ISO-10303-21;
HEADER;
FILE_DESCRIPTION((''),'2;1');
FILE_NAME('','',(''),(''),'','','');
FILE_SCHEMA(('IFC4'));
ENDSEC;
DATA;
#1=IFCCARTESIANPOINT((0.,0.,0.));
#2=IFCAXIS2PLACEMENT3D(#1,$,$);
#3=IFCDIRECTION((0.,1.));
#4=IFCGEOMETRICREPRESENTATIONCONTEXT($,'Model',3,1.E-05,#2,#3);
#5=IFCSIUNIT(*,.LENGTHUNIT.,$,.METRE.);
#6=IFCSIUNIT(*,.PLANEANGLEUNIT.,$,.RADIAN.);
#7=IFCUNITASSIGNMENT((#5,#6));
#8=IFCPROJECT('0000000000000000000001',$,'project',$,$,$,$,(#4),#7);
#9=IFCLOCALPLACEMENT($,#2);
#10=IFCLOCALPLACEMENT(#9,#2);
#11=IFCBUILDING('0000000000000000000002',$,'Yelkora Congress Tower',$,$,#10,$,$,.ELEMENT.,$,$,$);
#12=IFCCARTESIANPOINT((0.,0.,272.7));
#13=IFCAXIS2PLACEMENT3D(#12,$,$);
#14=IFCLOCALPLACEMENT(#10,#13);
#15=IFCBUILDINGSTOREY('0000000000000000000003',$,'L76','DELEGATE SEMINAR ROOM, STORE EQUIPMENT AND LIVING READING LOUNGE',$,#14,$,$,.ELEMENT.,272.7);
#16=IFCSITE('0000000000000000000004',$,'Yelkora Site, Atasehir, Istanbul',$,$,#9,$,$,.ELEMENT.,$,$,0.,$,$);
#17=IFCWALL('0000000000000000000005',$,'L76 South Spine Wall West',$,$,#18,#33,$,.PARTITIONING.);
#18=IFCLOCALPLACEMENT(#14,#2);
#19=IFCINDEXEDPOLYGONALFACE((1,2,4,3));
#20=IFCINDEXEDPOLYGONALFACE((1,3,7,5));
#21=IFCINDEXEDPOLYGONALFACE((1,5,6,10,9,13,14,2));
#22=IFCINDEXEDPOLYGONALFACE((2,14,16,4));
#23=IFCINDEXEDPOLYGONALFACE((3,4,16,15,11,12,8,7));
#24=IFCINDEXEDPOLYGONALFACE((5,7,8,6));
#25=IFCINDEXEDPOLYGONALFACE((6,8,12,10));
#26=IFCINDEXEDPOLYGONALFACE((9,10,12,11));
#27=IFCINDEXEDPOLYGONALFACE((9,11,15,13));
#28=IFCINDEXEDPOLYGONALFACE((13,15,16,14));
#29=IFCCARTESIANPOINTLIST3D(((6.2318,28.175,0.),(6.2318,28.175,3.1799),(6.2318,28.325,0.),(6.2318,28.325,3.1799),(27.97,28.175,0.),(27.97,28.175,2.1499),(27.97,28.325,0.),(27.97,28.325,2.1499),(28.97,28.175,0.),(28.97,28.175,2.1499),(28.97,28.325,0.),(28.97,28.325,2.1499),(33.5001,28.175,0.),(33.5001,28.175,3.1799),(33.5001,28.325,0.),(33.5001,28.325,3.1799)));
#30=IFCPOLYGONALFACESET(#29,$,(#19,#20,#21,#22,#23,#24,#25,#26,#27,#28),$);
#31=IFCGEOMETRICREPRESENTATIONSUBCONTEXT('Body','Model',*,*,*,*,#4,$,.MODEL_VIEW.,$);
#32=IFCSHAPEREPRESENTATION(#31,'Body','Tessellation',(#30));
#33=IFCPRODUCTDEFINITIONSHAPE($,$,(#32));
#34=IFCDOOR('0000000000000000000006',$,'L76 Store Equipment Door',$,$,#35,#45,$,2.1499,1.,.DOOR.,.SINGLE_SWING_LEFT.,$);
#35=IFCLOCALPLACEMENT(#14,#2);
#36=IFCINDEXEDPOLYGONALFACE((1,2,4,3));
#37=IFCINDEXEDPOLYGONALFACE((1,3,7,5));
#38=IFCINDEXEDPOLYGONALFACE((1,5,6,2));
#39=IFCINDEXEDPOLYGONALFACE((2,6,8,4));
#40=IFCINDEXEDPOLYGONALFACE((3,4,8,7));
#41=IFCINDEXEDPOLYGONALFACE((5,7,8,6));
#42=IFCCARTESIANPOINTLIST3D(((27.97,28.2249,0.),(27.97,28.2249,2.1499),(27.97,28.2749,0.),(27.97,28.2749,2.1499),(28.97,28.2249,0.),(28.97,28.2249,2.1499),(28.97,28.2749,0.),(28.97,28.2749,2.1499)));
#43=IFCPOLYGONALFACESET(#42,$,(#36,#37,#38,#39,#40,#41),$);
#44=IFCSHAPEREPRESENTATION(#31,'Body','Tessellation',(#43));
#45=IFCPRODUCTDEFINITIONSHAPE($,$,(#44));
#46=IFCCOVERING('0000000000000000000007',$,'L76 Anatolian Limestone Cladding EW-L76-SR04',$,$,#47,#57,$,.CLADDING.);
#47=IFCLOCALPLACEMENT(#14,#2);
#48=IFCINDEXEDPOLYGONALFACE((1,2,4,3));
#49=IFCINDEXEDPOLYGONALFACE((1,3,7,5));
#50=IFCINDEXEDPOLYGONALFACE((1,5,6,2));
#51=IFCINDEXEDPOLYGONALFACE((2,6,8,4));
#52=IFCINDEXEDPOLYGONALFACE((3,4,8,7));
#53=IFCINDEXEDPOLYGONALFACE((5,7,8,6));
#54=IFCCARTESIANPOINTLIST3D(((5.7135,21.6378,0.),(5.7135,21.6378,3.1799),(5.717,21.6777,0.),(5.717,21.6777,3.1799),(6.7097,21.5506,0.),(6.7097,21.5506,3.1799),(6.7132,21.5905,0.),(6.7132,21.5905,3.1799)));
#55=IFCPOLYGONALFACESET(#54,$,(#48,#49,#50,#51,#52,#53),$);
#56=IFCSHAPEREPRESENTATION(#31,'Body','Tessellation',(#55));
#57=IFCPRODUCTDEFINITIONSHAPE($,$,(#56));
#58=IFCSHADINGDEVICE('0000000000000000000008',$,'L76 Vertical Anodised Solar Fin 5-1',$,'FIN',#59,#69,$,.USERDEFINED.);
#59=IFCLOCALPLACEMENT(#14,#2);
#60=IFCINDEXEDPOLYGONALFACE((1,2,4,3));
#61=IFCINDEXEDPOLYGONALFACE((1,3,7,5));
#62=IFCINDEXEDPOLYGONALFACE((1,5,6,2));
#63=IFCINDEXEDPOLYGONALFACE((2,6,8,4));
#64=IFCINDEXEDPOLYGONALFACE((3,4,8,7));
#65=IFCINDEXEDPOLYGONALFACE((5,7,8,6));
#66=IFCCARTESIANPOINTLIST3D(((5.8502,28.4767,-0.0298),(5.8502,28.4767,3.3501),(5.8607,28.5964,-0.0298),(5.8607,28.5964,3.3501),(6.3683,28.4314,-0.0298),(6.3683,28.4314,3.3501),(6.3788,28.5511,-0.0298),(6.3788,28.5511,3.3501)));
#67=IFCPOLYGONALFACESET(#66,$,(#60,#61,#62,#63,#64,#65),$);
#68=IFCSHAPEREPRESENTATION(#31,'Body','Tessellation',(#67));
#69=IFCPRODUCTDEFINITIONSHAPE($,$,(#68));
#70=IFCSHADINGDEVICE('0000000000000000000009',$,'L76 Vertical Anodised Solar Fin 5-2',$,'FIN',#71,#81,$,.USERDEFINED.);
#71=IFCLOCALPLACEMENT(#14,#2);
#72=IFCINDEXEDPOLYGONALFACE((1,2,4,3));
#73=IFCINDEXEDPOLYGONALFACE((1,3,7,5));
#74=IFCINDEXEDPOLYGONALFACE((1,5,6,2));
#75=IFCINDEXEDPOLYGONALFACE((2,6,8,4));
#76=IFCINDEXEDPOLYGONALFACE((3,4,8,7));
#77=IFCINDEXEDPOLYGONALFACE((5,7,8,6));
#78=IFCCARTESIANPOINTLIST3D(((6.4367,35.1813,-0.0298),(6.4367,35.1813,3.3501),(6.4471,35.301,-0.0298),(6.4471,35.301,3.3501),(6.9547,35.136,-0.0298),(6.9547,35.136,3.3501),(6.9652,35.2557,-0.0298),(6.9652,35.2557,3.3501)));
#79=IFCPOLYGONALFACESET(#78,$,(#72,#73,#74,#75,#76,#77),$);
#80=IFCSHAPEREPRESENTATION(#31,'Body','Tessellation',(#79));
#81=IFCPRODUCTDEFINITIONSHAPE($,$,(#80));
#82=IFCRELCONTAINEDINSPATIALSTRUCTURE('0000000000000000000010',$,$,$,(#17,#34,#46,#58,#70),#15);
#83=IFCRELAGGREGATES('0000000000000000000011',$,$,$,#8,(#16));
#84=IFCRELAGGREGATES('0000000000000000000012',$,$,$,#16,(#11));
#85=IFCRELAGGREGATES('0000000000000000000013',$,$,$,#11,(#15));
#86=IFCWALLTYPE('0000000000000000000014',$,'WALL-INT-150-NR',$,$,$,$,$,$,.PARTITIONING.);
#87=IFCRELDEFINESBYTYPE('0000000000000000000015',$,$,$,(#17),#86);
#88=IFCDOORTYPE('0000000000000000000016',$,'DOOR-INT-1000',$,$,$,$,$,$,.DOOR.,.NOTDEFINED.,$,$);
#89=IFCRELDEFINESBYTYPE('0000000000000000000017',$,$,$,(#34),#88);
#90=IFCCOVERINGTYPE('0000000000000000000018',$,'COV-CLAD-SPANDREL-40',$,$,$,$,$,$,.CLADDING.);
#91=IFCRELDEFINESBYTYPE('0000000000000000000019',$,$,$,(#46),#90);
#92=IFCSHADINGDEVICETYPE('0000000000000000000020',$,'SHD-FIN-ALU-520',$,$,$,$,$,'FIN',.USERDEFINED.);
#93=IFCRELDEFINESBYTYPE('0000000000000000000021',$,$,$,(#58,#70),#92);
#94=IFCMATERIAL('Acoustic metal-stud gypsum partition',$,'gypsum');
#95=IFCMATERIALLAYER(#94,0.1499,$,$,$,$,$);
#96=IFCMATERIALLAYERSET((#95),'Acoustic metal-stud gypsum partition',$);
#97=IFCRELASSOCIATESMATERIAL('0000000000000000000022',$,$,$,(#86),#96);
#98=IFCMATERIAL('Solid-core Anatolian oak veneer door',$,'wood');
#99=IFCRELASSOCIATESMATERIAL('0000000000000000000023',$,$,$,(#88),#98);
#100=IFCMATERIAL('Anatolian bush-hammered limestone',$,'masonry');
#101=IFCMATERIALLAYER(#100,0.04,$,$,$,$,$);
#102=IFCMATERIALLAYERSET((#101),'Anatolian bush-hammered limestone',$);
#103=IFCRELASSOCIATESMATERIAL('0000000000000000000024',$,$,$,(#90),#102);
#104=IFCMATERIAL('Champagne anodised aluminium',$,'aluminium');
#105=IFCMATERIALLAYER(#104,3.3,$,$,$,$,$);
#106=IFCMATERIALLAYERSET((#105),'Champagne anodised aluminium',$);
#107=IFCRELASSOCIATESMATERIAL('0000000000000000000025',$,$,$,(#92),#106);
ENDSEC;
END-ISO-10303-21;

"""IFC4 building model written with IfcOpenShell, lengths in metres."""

from ifc_helpers import new_model, si_unit, direction, frame, frame_2d, origin, origin_2d, place, context, subcontext, project, spatial, rectangle, extrude, material, layer, layer_set, type_object, element, fill, save


model = new_model("IFC4")

# Units and contexts
model_context = context("Model", 3, precision=1e-05, world=origin(), true_north=direction((0.0, 1.0)))
body_context = subcontext(model_context, "Body", "Model", "MODEL_VIEW")
ifc_project = project(units=[si_unit("LENGTHUNIT", "METRE"), si_unit("PLANEANGLEUNIT", "RADIAN")], contexts=[model_context])

# Site, building, storey
site_placement = place(None, origin())
site = spatial("IfcSite", under=ifc_project, at=site_placement, Name="Yelkora Site, Atasehir, Istanbul", CompositionType="ELEMENT", RefElevation=0.0)
building_placement = place(site_placement, origin())
building = spatial("IfcBuilding", under=site, at=building_placement, Name="Yelkora Congress Tower", CompositionType="ELEMENT")
storey_placement = place(building_placement, frame((0.0, 0.0, 272.7)))
storey = spatial("IfcBuildingStorey", under=building, at=storey_placement, Name="L76", Description="DELEGATE SEMINAR ROOM, STORE EQUIPMENT AND LIVING READING LOUNGE", CompositionType="ELEMENT", Elevation=272.7)

# Wall, opening, door
ifc_material_1 = material(Name="Acoustic metal-stud gypsum partition", Category="gypsum")
ifc_layer_1 = layer(ifc_material_1, 0.1499)
ifc_layer_set_1 = layer_set([ifc_layer_1], Name="Acoustic metal-stud gypsum partition")
wall_type_1 = type_object("IfcWallType", Name="WALL-INT-150-NR", PredefinedType="PARTITIONING", material=ifc_layer_set_1)
wall_1_placement = place(storey_placement, frame((6.2317, 28.25, 0.0), z_axis=(0.0, 0.0, 1.0), x_axis=(1.0, 0.0, 0.0)))
wall_1 = element("IfcWall", 1, at=wall_1_placement, inside=storey, type_object=wall_type_1, Name="L76 South Spine Wall West", PredefinedType="PARTITIONING", context=body_context, shape_type="SweptSolid", body=[
    extrude(rectangle(XDim=27.2683, YDim=0.1499, at=frame_2d((13.6343, 0.0))), origin(), (0.0, 0.0, 1.0), 3.1799),
])
opening_placement = place(wall_1_placement, frame((21.7383, 0.0, 0.0)))
opening = element("IfcOpeningElement", 2, at=opening_placement, cuts=wall_1, PredefinedType="OPENING", context=body_context, shape_type="SweptSolid", body=[
    extrude(rectangle(XDim=1.0, YDim=2.1499, at=frame_2d((0.5, 1.075))), frame((0.0, 0.085, 0.0), z_axis=(0.0, -1.0, 0.0), x_axis=(1.0, 0.0, 0.0)), (0.0, 0.0, 1.0), 0.1699),
])
ifc_material_2 = material(Name="Solid-core Anatolian oak veneer door", Category="wood")
door_type = type_object("IfcDoorType", Name="DOOR-INT-1000", OperationType="NOTDEFINED", PredefinedType="DOOR", material=ifc_material_2)
door_placement = place(opening_placement, origin())
door = element("IfcDoor", 3, at=door_placement, inside=storey, type_object=door_type, Name="L76 Store Equipment Door", OperationType="SINGLE_SWING_LEFT", OverallHeight=2.1499, OverallWidth=1.0, PredefinedType="DOOR", context=body_context, shape_type="SweptSolid", body=[
    extrude(rectangle(XDim=1.0, YDim=2.1499, at=frame_2d((0.5, 1.075))), frame((0.0, 0.0249, 0.0), z_axis=(0.0, -1.0, 0.0), x_axis=(1.0, 0.0, 0.0)), (0.0, 0.0, 1.0), 0.05),
])
fill(opening, door)

# Covering
ifc_material_3 = material(Name="Anatolian bush-hammered limestone", Category="masonry")
ifc_layer_2 = layer(ifc_material_3, 0.04)
ifc_layer_set_2 = layer_set([ifc_layer_2], Name="Anatolian bush-hammered limestone")
covering_type = type_object("IfcCoveringType", Name="COV-CLAD-SPANDREL-40", PredefinedType="CLADDING", material=ifc_layer_set_2)
covering_placement = place(storey_placement, frame((6.7114, 21.5706, 0.0), z_axis=(0.0, 0.0, 1.0), x_axis=(-0.996194, 0.087167, 0.0)))
element("IfcCovering", 4, at=covering_placement, inside=storey, type_object=covering_type, Name="L76 Anatolian Limestone Cladding EW-L76-SR04", PredefinedType="CLADDING", context=body_context, shape_type="SweptSolid", body=[
    extrude(rectangle(XDim=1.0, YDim=0.04, at=frame_2d((0.5, 0.0))), origin(), (0.0, 0.0, 1.0), 3.1799),
])

# Shading devices
ifc_material_4 = material(Name="Champagne anodised aluminium", Category="aluminium")
ifc_layer_3 = layer(ifc_material_4, 3.3)
ifc_layer_set_3 = layer_set([ifc_layer_3], Name="Champagne anodised aluminium")
shading_device_type = type_object("IfcShadingDeviceType", Name="SHD-FIN-ALU-520", ElementType="FIN", PredefinedType="USERDEFINED", material=ifc_layer_set_3)
for number, where, z_axis, x_axis, name in (
    (5, (6.1145, 28.5139, -0.0298), (0.0, 0.0, 1.0), (0.087156, 0.996195, 0.0), "L76 Vertical Anodised Solar Fin 5-1"),
    (6, (6.7009, 35.2185, -0.0298), (0.0, 0.0, 1.0), (0.087156, 0.996195, 0.0), "L76 Vertical Anodised Solar Fin 5-2"),
):
    element("IfcShadingDevice", number, at=place(storey_placement, frame(where, z_axis=z_axis, x_axis=x_axis)), inside=storey, type_object=shading_device_type, Name=name, ObjectType="FIN", PredefinedType="USERDEFINED", context=body_context, shape_type="SweptSolid", body=[
        extrude(rectangle(XDim=0.1201, YDim=0.52, at=origin_2d()), origin(), (0.0, 0.0, 1.0), 3.3799),
    ])

save(model, "model.ifc")
